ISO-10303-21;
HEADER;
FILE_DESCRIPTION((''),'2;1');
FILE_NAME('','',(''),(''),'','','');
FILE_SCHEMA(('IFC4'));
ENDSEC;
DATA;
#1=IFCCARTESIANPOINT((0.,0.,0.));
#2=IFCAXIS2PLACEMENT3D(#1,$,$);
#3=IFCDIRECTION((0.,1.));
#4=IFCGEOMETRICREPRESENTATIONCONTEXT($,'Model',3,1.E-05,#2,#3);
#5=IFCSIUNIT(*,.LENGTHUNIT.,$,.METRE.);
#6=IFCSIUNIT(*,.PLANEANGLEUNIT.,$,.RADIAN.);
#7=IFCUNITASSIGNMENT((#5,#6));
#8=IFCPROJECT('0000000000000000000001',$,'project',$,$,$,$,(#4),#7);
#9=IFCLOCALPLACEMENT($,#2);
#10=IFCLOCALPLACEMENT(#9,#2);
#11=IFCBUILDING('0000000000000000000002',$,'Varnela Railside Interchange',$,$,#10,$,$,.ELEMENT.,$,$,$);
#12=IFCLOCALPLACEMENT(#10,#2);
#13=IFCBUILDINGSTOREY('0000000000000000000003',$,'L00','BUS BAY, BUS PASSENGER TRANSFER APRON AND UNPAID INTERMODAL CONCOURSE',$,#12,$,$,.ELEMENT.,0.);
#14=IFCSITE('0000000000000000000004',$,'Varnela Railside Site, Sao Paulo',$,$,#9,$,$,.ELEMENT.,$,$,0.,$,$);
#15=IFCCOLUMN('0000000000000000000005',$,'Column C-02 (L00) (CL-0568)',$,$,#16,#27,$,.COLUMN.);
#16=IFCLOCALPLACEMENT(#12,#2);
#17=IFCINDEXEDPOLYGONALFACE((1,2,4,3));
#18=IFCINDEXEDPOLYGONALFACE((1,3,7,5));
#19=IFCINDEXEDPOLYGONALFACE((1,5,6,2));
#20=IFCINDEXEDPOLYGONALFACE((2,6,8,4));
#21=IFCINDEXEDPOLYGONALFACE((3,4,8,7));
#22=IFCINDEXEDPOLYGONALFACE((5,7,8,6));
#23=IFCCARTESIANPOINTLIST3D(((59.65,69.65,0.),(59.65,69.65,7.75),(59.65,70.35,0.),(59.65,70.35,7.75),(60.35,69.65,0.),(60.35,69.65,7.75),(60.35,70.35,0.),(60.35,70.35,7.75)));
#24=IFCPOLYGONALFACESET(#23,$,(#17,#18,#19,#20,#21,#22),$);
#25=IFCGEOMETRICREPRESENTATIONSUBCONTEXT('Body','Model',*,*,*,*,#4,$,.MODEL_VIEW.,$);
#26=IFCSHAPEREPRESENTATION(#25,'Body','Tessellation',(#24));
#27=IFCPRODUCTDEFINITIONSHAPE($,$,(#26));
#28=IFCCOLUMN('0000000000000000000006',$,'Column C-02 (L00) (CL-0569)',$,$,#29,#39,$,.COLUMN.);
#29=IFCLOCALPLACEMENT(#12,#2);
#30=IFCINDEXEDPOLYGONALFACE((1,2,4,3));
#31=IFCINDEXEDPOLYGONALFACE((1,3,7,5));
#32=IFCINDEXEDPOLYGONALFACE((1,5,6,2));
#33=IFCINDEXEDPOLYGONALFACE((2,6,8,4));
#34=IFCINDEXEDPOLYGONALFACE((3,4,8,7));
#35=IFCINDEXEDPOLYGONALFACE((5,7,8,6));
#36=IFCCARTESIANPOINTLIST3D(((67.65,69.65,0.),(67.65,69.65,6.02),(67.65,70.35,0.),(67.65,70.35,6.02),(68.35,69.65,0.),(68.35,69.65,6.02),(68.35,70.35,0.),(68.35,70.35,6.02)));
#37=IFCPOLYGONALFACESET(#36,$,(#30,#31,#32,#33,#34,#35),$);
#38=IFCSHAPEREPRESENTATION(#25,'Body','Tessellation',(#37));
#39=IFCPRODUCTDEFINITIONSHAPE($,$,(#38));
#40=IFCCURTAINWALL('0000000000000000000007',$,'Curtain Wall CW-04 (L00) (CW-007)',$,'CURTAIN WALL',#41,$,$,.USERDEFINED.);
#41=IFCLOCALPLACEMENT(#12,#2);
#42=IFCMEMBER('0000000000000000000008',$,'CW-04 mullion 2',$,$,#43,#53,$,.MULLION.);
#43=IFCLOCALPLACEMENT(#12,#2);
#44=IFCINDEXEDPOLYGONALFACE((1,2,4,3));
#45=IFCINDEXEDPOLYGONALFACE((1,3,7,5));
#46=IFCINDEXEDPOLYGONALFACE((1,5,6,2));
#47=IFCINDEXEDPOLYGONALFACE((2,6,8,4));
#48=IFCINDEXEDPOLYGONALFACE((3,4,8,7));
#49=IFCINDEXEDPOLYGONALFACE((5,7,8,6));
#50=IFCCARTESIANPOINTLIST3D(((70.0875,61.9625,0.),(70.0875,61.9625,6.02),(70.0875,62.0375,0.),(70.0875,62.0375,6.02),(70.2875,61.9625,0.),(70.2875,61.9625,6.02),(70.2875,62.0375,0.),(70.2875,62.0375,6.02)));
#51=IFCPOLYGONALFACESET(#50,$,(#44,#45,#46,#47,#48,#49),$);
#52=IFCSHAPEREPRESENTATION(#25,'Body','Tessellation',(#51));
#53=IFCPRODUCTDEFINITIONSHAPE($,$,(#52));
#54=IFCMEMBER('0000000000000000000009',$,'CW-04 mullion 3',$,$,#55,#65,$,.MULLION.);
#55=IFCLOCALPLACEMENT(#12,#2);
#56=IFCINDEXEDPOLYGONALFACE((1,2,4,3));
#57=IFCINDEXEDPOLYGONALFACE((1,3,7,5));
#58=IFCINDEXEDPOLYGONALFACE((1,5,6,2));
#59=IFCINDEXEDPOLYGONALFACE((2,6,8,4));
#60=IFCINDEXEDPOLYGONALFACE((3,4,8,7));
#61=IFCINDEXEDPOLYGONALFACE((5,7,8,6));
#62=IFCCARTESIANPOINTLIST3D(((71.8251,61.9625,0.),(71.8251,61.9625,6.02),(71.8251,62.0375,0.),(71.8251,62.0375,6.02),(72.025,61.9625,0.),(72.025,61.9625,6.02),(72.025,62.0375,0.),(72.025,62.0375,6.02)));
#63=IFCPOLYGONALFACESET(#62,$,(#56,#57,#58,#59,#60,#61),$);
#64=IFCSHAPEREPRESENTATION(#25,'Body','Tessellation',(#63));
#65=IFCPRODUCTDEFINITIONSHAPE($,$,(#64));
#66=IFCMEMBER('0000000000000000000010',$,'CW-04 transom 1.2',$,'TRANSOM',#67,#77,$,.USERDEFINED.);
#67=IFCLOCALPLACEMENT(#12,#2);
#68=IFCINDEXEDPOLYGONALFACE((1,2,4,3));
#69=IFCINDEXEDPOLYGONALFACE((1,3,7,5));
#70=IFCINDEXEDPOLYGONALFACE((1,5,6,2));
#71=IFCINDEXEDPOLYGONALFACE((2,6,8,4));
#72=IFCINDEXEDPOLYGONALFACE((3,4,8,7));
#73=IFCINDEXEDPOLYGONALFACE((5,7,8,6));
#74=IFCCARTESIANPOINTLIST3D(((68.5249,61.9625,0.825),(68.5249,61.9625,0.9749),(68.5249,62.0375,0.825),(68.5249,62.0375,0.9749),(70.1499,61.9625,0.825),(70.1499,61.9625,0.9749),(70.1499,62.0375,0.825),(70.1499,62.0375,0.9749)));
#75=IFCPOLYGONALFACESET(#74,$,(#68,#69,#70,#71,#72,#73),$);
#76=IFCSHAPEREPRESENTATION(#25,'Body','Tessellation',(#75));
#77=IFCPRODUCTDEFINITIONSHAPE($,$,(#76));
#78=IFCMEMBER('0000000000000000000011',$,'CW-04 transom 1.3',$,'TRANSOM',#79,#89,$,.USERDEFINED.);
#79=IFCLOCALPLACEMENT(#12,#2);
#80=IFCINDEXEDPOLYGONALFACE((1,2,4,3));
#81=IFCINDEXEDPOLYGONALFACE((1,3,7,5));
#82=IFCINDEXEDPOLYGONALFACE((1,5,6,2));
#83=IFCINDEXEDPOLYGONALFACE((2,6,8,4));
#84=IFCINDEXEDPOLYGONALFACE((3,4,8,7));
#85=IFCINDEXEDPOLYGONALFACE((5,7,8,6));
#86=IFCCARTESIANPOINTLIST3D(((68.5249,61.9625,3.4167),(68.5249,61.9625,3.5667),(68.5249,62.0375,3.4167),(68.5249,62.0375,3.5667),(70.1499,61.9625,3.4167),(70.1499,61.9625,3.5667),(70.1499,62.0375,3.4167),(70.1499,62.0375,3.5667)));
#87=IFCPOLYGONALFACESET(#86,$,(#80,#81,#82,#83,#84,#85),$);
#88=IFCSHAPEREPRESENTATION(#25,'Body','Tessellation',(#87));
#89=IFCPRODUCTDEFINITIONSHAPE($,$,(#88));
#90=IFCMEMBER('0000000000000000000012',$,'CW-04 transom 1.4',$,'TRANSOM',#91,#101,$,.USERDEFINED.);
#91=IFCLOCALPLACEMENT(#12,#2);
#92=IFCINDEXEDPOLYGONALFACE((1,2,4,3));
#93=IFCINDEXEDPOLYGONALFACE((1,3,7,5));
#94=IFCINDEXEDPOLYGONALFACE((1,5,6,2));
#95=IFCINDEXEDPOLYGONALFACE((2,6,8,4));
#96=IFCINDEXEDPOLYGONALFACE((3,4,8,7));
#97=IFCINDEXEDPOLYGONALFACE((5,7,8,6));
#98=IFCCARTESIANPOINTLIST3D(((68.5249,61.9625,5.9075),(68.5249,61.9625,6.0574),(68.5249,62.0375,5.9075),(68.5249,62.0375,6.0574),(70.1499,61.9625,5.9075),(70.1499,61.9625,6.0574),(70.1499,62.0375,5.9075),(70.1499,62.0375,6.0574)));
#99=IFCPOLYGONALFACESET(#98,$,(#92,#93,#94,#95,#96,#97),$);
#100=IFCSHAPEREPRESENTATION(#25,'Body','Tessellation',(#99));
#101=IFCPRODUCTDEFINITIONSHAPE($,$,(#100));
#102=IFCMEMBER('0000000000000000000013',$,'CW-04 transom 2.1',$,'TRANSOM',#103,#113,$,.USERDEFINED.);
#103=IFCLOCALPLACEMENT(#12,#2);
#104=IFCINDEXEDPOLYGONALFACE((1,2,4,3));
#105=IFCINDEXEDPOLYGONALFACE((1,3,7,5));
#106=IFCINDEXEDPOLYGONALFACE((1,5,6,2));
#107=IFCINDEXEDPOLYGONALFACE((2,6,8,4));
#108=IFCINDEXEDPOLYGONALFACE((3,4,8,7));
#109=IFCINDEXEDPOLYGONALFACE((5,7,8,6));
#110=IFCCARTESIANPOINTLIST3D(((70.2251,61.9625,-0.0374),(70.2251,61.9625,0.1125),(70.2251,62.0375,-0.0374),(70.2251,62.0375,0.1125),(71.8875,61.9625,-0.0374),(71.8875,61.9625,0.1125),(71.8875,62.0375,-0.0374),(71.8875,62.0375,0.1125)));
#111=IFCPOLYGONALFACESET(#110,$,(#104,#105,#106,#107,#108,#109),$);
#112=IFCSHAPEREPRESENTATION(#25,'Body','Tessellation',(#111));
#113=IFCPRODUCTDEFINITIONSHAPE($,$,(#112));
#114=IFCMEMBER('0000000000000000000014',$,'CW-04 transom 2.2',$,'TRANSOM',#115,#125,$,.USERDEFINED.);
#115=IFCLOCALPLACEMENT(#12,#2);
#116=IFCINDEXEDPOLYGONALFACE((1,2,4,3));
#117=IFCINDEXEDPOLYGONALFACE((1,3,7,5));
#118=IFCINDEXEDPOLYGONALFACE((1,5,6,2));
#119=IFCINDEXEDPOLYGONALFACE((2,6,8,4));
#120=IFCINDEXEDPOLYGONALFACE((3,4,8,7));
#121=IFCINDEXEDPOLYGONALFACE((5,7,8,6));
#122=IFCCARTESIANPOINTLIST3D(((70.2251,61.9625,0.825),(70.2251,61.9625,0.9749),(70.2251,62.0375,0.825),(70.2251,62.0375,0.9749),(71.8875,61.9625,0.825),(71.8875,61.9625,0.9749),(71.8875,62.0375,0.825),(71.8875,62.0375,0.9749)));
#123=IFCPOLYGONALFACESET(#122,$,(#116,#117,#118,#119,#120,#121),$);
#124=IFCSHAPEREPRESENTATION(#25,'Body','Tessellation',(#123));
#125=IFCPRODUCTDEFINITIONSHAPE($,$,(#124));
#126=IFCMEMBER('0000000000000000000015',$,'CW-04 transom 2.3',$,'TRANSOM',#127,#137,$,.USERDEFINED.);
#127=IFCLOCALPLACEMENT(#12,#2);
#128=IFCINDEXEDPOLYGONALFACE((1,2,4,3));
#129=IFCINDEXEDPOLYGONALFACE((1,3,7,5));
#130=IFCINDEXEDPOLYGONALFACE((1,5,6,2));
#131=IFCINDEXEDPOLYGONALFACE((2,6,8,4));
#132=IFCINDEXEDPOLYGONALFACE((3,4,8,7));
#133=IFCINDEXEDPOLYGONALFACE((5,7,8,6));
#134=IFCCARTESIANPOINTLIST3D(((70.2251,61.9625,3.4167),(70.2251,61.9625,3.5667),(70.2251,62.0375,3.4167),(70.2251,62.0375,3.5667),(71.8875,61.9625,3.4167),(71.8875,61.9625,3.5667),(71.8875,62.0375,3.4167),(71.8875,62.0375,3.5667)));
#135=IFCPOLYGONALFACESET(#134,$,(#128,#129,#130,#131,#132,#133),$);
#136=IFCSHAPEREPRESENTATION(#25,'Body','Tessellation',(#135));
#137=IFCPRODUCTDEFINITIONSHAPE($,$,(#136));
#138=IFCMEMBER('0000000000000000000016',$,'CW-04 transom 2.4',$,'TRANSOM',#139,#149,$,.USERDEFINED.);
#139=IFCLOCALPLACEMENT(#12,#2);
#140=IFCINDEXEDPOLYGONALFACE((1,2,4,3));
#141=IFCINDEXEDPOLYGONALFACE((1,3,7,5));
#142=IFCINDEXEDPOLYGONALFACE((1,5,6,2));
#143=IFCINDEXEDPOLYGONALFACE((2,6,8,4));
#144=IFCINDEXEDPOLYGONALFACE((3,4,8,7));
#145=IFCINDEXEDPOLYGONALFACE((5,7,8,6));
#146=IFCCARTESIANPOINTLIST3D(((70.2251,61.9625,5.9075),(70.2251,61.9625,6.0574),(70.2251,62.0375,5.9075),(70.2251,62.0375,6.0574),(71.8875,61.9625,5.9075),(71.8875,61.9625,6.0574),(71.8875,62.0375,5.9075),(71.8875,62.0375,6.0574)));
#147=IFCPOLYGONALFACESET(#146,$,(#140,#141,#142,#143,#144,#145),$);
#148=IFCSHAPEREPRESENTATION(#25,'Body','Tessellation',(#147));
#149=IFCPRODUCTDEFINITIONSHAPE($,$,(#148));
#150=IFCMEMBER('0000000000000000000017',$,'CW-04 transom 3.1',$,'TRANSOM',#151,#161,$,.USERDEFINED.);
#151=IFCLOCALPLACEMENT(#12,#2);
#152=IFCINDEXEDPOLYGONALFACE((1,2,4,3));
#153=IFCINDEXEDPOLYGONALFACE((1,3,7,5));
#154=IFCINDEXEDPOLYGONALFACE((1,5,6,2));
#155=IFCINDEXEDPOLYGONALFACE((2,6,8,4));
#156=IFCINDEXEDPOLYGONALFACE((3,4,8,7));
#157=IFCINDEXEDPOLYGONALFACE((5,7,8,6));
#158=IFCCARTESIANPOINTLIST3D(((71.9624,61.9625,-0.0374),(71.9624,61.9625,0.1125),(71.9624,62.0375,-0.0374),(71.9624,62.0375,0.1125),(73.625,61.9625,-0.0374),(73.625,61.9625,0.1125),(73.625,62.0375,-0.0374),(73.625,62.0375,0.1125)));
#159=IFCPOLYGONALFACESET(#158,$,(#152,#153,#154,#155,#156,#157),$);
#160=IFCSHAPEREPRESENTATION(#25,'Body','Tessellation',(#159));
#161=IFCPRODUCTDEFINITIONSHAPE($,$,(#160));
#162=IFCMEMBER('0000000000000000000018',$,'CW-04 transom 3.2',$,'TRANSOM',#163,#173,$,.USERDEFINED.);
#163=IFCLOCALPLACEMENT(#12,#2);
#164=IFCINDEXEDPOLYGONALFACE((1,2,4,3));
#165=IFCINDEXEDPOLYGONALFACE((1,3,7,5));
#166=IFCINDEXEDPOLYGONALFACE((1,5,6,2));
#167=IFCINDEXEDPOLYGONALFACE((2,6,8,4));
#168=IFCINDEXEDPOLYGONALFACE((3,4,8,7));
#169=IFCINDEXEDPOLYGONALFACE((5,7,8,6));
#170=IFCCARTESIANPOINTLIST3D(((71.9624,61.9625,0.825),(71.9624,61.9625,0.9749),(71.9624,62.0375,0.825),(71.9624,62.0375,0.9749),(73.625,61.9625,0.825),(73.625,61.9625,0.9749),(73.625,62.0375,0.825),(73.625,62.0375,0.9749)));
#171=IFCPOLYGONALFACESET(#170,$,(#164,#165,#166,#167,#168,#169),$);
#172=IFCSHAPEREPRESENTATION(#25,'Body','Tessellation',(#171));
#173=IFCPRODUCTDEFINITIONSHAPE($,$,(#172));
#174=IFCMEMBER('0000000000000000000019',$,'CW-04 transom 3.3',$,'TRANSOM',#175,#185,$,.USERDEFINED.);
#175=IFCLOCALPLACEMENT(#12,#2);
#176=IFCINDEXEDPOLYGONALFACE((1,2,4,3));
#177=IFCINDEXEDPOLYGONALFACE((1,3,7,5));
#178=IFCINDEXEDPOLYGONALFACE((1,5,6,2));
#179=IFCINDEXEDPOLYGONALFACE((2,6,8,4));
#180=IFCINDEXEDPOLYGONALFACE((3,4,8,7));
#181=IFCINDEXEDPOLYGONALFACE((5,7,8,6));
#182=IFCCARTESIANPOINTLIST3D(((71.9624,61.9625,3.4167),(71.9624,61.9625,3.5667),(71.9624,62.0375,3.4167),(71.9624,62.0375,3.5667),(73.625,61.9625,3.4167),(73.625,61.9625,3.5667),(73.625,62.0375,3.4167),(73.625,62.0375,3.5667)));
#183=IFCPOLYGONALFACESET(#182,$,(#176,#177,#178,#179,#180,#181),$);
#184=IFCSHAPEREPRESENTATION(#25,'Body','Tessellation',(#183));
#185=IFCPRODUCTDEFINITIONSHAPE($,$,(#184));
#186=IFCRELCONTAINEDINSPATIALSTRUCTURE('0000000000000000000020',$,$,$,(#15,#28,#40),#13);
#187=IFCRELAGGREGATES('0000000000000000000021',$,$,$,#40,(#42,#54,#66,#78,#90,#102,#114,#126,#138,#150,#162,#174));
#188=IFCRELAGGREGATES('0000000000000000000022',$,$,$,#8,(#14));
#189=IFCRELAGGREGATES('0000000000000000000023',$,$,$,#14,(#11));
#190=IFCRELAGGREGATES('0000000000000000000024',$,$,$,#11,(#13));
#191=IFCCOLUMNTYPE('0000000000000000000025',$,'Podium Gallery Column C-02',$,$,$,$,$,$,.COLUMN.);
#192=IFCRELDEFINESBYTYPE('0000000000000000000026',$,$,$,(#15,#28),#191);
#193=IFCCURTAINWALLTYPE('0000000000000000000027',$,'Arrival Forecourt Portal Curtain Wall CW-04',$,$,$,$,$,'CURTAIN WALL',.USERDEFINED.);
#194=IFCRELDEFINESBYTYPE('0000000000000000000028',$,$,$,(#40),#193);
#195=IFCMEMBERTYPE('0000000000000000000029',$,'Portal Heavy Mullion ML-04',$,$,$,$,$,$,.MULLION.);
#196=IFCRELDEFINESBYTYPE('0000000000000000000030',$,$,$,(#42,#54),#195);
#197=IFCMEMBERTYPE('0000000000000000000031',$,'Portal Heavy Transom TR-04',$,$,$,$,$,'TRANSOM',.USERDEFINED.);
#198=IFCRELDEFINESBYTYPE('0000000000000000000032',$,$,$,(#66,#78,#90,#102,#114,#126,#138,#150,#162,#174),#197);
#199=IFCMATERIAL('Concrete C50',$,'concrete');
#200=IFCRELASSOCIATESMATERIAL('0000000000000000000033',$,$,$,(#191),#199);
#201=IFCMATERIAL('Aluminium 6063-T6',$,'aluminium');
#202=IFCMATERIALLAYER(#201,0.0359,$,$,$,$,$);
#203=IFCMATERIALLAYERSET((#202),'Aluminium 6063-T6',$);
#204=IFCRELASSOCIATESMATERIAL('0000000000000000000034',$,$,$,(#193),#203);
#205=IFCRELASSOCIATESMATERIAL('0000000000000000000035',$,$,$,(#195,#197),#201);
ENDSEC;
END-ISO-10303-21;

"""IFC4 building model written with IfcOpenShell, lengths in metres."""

from ifc_helpers import new_model, si_unit, direction, frame, origin, origin_2d, place, context, subcontext, project, spatial, rectangle, extrude, material, layer, layer_set, material_profile, profile_set, type_object, element, aggregate, save


model = new_model("IFC4")

# Units and contexts
model_context = context("Model", 3, precision=1e-05, world=origin(), true_north=direction((0.0, 1.0)))
body_context = subcontext(model_context, "Body", "Model", "MODEL_VIEW")
ifc_project = project(units=[si_unit("LENGTHUNIT", "METRE"), si_unit("PLANEANGLEUNIT", "RADIAN")], contexts=[model_context])

# Site, building, storey
site_placement = place(None, origin())
site = spatial("IfcSite", under=ifc_project, at=site_placement, Name="Varnela Railside Site, Sao Paulo", CompositionType="ELEMENT", RefElevation=0.0)
building_placement = place(site_placement, origin())
building = spatial("IfcBuilding", under=site, at=building_placement, Name="Varnela Railside Interchange", CompositionType="ELEMENT")
storey_placement = place(building_placement, origin())
storey = spatial("IfcBuildingStorey", under=building, at=storey_placement, Name="L00", Description="BUS BAY, BUS PASSENGER TRANSFER APRON AND UNPAID INTERMODAL CONCOURSE", CompositionType="ELEMENT", Elevation=0.0)

# Columns
ifc_material_1 = material(Name="Concrete C50", Category="concrete")
ifc_material_profile_1 = material_profile(ifc_material_1, rectangle(XDim=0.7, YDim=0.7, at=origin_2d()), Name="RC 700x700")
ifc_profile_set_1 = profile_set([ifc_material_profile_1], Name="Concrete C50")
column_type = type_object("IfcColumnType", Name="Podium Gallery Column C-02", PredefinedType="COLUMN", material=ifc_profile_set_1)
column_1_placement = place(storey_placement, frame((60.0, 70.0, 0.0), z_axis=(0.0, 0.0, 1.0), x_axis=(1.0, 0.0, 0.0)))
element("IfcColumn", 1, at=column_1_placement, inside=storey, type_object=column_type, Name="Column C-02 (L00) (CL-0568)", PredefinedType="COLUMN", context=body_context, shape_type="SweptSolid", body=[
    extrude(rectangle(XDim=0.7, YDim=0.7, at=origin_2d()), origin(), (0.0, 0.0, 1.0), 7.75),
])
column_2_placement = place(storey_placement, frame((68.0, 70.0, 0.0), z_axis=(0.0, 0.0, 1.0), x_axis=(1.0, 0.0, 0.0)))
element("IfcColumn", 2, at=column_2_placement, inside=storey, type_object=column_type, Name="Column C-02 (L00) (CL-0569)", PredefinedType="COLUMN", context=body_context, shape_type="SweptSolid", body=[
    extrude(rectangle(XDim=0.7, YDim=0.7, at=origin_2d()), origin(), (0.0, 0.0, 1.0), 6.02),
])

# Curtain wall, members
ifc_material_2 = material(Name="Aluminium 6063-T6", Category="aluminium")
ifc_layer_1 = layer(ifc_material_2, 0.0359)
ifc_layer_set_1 = layer_set([ifc_layer_1], Name="Aluminium 6063-T6")
curtain_wall_type = type_object("IfcCurtainWallType", Name="Arrival Forecourt Portal Curtain Wall CW-04", ElementType="CURTAIN WALL", PredefinedType="USERDEFINED", material=ifc_layer_set_1)
curtain_wall_placement = place(storey_placement, origin())
curtain_wall = element("IfcCurtainWall", 3, at=curtain_wall_placement, inside=storey, type_object=curtain_wall_type, Name="Curtain Wall CW-04 (L00) (CW-007)", ObjectType="CURTAIN WALL", PredefinedType="USERDEFINED")
ifc_material_profile_2 = material_profile(ifc_material_2, rectangle(XDim=0.075, YDim=0.2, at=origin_2d()), Name="ALU 75x200")
ifc_profile_set_2 = profile_set([ifc_material_profile_2], Name="Aluminium 6063-T6")
member_type_1 = type_object("IfcMemberType", Name="Portal Heavy Mullion ML-04", PredefinedType="MULLION", material=ifc_profile_set_2)
member_1_placement = place(storey_placement, frame((70.1875, 62.0, 0.0), z_axis=(0.0, 0.0, 1.0), x_axis=(0.0, 1.0, 0.0)))
member_1 = element("IfcMember", 4, at=member_1_placement, type_object=member_type_1, Name="CW-04 mullion 2", PredefinedType="MULLION", context=body_context, shape_type="SweptSolid", body=[
    extrude(rectangle(XDim=0.075, YDim=0.2, at=origin_2d()), origin(), (0.0, 0.0, 1.0), 6.02),
])
member_2_placement = place(storey_placement, frame((71.925, 62.0, 0.0), z_axis=(0.0, 0.0, 1.0), x_axis=(0.0, 1.0, 0.0)))
member_2 = element("IfcMember", 5, at=member_2_placement, type_object=member_type_1, Name="CW-04 mullion 3", PredefinedType="MULLION", context=body_context, shape_type="SweptSolid", body=[
    extrude(rectangle(XDim=0.075, YDim=0.2, at=origin_2d()), origin(), (0.0, 0.0, 1.0), 6.02),
])
ifc_material_profile_3 = material_profile(ifc_material_2, rectangle(XDim=0.075, YDim=0.1499, at=origin_2d()), Name="ALU 75x150")
ifc_profile_set_3 = profile_set([ifc_material_profile_3], Name="Aluminium 6063-T6")
member_type_2 = type_object("IfcMemberType", Name="Portal Heavy Transom TR-04", ElementType="TRANSOM", PredefinedType="USERDEFINED", material=ifc_profile_set_3)
member_3_placement = place(storey_placement, frame((68.5249, 62.0, 0.8999), z_axis=(1.0, 0.0, 0.0), x_axis=(0.0, 1.0, 0.0)))
member_3 = element("IfcMember", 6, at=member_3_placement, type_object=member_type_2, Name="CW-04 transom 1.2", ObjectType="TRANSOM", PredefinedType="USERDEFINED", context=body_context, shape_type="SweptSolid", body=[
    extrude(rectangle(XDim=0.075, YDim=0.1499, at=origin_2d()), origin(), (0.0, 0.0, 1.0), 1.625),
])
member_4_placement = place(storey_placement, frame((68.5249, 62.0, 3.4917), z_axis=(1.0, 0.0, 0.0), x_axis=(0.0, 1.0, 0.0)))
member_4 = element("IfcMember", 7, at=member_4_placement, type_object=member_type_2, Name="CW-04 transom 1.3", ObjectType="TRANSOM", PredefinedType="USERDEFINED", context=body_context, shape_type="SweptSolid", body=[
    extrude(rectangle(XDim=0.075, YDim=0.1499, at=origin_2d()), origin(), (0.0, 0.0, 1.0), 1.625),
])
member_5_placement = place(storey_placement, frame((68.5249, 62.0, 5.9824), z_axis=(1.0, 0.0, 0.0), x_axis=(0.0, 1.0, 0.0)))
member_5 = element("IfcMember", 8, at=member_5_placement, type_object=member_type_2, Name="CW-04 transom 1.4", ObjectType="TRANSOM", PredefinedType="USERDEFINED", context=body_context, shape_type="SweptSolid", body=[
    extrude(rectangle(XDim=0.075, YDim=0.1499, at=origin_2d()), origin(), (0.0, 0.0, 1.0), 1.625),
])
member_6_placement = place(storey_placement, frame((70.2251, 62.0, 0.0376), z_axis=(1.0, 0.0, 0.0), x_axis=(0.0, 1.0, 0.0)))
member_6 = element("IfcMember", 9, at=member_6_placement, type_object=member_type_2, Name="CW-04 transom 2.1", ObjectType="TRANSOM", PredefinedType="USERDEFINED", context=body_context, shape_type="SweptSolid", body=[
    extrude(rectangle(XDim=0.075, YDim=0.1499, at=origin_2d()), origin(), (0.0, 0.0, 1.0), 1.6624),
])
member_7_placement = place(storey_placement, frame((70.2251, 62.0, 0.8999), z_axis=(1.0, 0.0, 0.0), x_axis=(0.0, 1.0, 0.0)))
member_7 = element("IfcMember", 10, at=member_7_placement, type_object=member_type_2, Name="CW-04 transom 2.2", ObjectType="TRANSOM", PredefinedType="USERDEFINED", context=body_context, shape_type="SweptSolid", body=[
    extrude(rectangle(XDim=0.075, YDim=0.1499, at=origin_2d()), origin(), (0.0, 0.0, 1.0), 1.6624),
])
member_8_placement = place(storey_placement, frame((70.2251, 62.0, 3.4917), z_axis=(1.0, 0.0, 0.0), x_axis=(0.0, 1.0, 0.0)))
member_8 = element("IfcMember", 11, at=member_8_placement, type_object=member_type_2, Name="CW-04 transom 2.3", ObjectType="TRANSOM", PredefinedType="USERDEFINED", context=body_context, shape_type="SweptSolid", body=[
    extrude(rectangle(XDim=0.075, YDim=0.1499, at=origin_2d()), origin(), (0.0, 0.0, 1.0), 1.6624),
])
member_9_placement = place(storey_placement, frame((70.2251, 62.0, 5.9824), z_axis=(1.0, 0.0, 0.0), x_axis=(0.0, 1.0, 0.0)))
member_9 = element("IfcMember", 12, at=member_9_placement, type_object=member_type_2, Name="CW-04 transom 2.4", ObjectType="TRANSOM", PredefinedType="USERDEFINED", context=body_context, shape_type="SweptSolid", body=[
    extrude(rectangle(XDim=0.075, YDim=0.1499, at=origin_2d()), origin(), (0.0, 0.0, 1.0), 1.6624),
])
member_10_placement = place(storey_placement, frame((71.9624, 62.0, 0.0376), z_axis=(1.0, 0.0, 0.0), x_axis=(0.0, 1.0, 0.0)))
member_10 = element("IfcMember", 13, at=member_10_placement, type_object=member_type_2, Name="CW-04 transom 3.1", ObjectType="TRANSOM", PredefinedType="USERDEFINED", context=body_context, shape_type="SweptSolid", body=[
    extrude(rectangle(XDim=0.075, YDim=0.1499, at=origin_2d()), origin(), (0.0, 0.0, 1.0), 1.6626),
])
member_11_placement = place(storey_placement, frame((71.9624, 62.0, 0.8999), z_axis=(1.0, 0.0, 0.0), x_axis=(0.0, 1.0, 0.0)))
member_11 = element("IfcMember", 14, at=member_11_placement, type_object=member_type_2, Name="CW-04 transom 3.2", ObjectType="TRANSOM", PredefinedType="USERDEFINED", context=body_context, shape_type="SweptSolid", body=[
    extrude(rectangle(XDim=0.075, YDim=0.1499, at=origin_2d()), origin(), (0.0, 0.0, 1.0), 1.6626),
])
member_12_placement = place(storey_placement, frame((71.9624, 62.0, 3.4917), z_axis=(1.0, 0.0, 0.0), x_axis=(0.0, 1.0, 0.0)))
member_12 = element("IfcMember", 15, at=member_12_placement, type_object=member_type_2, Name="CW-04 transom 3.3", ObjectType="TRANSOM", PredefinedType="USERDEFINED", context=body_context, shape_type="SweptSolid", body=[
    extrude(rectangle(XDim=0.075, YDim=0.1499, at=origin_2d()), origin(), (0.0, 0.0, 1.0), 1.6626),
])

aggregate(curtain_wall, [member_1, member_2, member_3, member_4, member_5, member_6, member_7, member_8, member_9, member_10, member_11, member_12])

save(model, "model.ifc")
